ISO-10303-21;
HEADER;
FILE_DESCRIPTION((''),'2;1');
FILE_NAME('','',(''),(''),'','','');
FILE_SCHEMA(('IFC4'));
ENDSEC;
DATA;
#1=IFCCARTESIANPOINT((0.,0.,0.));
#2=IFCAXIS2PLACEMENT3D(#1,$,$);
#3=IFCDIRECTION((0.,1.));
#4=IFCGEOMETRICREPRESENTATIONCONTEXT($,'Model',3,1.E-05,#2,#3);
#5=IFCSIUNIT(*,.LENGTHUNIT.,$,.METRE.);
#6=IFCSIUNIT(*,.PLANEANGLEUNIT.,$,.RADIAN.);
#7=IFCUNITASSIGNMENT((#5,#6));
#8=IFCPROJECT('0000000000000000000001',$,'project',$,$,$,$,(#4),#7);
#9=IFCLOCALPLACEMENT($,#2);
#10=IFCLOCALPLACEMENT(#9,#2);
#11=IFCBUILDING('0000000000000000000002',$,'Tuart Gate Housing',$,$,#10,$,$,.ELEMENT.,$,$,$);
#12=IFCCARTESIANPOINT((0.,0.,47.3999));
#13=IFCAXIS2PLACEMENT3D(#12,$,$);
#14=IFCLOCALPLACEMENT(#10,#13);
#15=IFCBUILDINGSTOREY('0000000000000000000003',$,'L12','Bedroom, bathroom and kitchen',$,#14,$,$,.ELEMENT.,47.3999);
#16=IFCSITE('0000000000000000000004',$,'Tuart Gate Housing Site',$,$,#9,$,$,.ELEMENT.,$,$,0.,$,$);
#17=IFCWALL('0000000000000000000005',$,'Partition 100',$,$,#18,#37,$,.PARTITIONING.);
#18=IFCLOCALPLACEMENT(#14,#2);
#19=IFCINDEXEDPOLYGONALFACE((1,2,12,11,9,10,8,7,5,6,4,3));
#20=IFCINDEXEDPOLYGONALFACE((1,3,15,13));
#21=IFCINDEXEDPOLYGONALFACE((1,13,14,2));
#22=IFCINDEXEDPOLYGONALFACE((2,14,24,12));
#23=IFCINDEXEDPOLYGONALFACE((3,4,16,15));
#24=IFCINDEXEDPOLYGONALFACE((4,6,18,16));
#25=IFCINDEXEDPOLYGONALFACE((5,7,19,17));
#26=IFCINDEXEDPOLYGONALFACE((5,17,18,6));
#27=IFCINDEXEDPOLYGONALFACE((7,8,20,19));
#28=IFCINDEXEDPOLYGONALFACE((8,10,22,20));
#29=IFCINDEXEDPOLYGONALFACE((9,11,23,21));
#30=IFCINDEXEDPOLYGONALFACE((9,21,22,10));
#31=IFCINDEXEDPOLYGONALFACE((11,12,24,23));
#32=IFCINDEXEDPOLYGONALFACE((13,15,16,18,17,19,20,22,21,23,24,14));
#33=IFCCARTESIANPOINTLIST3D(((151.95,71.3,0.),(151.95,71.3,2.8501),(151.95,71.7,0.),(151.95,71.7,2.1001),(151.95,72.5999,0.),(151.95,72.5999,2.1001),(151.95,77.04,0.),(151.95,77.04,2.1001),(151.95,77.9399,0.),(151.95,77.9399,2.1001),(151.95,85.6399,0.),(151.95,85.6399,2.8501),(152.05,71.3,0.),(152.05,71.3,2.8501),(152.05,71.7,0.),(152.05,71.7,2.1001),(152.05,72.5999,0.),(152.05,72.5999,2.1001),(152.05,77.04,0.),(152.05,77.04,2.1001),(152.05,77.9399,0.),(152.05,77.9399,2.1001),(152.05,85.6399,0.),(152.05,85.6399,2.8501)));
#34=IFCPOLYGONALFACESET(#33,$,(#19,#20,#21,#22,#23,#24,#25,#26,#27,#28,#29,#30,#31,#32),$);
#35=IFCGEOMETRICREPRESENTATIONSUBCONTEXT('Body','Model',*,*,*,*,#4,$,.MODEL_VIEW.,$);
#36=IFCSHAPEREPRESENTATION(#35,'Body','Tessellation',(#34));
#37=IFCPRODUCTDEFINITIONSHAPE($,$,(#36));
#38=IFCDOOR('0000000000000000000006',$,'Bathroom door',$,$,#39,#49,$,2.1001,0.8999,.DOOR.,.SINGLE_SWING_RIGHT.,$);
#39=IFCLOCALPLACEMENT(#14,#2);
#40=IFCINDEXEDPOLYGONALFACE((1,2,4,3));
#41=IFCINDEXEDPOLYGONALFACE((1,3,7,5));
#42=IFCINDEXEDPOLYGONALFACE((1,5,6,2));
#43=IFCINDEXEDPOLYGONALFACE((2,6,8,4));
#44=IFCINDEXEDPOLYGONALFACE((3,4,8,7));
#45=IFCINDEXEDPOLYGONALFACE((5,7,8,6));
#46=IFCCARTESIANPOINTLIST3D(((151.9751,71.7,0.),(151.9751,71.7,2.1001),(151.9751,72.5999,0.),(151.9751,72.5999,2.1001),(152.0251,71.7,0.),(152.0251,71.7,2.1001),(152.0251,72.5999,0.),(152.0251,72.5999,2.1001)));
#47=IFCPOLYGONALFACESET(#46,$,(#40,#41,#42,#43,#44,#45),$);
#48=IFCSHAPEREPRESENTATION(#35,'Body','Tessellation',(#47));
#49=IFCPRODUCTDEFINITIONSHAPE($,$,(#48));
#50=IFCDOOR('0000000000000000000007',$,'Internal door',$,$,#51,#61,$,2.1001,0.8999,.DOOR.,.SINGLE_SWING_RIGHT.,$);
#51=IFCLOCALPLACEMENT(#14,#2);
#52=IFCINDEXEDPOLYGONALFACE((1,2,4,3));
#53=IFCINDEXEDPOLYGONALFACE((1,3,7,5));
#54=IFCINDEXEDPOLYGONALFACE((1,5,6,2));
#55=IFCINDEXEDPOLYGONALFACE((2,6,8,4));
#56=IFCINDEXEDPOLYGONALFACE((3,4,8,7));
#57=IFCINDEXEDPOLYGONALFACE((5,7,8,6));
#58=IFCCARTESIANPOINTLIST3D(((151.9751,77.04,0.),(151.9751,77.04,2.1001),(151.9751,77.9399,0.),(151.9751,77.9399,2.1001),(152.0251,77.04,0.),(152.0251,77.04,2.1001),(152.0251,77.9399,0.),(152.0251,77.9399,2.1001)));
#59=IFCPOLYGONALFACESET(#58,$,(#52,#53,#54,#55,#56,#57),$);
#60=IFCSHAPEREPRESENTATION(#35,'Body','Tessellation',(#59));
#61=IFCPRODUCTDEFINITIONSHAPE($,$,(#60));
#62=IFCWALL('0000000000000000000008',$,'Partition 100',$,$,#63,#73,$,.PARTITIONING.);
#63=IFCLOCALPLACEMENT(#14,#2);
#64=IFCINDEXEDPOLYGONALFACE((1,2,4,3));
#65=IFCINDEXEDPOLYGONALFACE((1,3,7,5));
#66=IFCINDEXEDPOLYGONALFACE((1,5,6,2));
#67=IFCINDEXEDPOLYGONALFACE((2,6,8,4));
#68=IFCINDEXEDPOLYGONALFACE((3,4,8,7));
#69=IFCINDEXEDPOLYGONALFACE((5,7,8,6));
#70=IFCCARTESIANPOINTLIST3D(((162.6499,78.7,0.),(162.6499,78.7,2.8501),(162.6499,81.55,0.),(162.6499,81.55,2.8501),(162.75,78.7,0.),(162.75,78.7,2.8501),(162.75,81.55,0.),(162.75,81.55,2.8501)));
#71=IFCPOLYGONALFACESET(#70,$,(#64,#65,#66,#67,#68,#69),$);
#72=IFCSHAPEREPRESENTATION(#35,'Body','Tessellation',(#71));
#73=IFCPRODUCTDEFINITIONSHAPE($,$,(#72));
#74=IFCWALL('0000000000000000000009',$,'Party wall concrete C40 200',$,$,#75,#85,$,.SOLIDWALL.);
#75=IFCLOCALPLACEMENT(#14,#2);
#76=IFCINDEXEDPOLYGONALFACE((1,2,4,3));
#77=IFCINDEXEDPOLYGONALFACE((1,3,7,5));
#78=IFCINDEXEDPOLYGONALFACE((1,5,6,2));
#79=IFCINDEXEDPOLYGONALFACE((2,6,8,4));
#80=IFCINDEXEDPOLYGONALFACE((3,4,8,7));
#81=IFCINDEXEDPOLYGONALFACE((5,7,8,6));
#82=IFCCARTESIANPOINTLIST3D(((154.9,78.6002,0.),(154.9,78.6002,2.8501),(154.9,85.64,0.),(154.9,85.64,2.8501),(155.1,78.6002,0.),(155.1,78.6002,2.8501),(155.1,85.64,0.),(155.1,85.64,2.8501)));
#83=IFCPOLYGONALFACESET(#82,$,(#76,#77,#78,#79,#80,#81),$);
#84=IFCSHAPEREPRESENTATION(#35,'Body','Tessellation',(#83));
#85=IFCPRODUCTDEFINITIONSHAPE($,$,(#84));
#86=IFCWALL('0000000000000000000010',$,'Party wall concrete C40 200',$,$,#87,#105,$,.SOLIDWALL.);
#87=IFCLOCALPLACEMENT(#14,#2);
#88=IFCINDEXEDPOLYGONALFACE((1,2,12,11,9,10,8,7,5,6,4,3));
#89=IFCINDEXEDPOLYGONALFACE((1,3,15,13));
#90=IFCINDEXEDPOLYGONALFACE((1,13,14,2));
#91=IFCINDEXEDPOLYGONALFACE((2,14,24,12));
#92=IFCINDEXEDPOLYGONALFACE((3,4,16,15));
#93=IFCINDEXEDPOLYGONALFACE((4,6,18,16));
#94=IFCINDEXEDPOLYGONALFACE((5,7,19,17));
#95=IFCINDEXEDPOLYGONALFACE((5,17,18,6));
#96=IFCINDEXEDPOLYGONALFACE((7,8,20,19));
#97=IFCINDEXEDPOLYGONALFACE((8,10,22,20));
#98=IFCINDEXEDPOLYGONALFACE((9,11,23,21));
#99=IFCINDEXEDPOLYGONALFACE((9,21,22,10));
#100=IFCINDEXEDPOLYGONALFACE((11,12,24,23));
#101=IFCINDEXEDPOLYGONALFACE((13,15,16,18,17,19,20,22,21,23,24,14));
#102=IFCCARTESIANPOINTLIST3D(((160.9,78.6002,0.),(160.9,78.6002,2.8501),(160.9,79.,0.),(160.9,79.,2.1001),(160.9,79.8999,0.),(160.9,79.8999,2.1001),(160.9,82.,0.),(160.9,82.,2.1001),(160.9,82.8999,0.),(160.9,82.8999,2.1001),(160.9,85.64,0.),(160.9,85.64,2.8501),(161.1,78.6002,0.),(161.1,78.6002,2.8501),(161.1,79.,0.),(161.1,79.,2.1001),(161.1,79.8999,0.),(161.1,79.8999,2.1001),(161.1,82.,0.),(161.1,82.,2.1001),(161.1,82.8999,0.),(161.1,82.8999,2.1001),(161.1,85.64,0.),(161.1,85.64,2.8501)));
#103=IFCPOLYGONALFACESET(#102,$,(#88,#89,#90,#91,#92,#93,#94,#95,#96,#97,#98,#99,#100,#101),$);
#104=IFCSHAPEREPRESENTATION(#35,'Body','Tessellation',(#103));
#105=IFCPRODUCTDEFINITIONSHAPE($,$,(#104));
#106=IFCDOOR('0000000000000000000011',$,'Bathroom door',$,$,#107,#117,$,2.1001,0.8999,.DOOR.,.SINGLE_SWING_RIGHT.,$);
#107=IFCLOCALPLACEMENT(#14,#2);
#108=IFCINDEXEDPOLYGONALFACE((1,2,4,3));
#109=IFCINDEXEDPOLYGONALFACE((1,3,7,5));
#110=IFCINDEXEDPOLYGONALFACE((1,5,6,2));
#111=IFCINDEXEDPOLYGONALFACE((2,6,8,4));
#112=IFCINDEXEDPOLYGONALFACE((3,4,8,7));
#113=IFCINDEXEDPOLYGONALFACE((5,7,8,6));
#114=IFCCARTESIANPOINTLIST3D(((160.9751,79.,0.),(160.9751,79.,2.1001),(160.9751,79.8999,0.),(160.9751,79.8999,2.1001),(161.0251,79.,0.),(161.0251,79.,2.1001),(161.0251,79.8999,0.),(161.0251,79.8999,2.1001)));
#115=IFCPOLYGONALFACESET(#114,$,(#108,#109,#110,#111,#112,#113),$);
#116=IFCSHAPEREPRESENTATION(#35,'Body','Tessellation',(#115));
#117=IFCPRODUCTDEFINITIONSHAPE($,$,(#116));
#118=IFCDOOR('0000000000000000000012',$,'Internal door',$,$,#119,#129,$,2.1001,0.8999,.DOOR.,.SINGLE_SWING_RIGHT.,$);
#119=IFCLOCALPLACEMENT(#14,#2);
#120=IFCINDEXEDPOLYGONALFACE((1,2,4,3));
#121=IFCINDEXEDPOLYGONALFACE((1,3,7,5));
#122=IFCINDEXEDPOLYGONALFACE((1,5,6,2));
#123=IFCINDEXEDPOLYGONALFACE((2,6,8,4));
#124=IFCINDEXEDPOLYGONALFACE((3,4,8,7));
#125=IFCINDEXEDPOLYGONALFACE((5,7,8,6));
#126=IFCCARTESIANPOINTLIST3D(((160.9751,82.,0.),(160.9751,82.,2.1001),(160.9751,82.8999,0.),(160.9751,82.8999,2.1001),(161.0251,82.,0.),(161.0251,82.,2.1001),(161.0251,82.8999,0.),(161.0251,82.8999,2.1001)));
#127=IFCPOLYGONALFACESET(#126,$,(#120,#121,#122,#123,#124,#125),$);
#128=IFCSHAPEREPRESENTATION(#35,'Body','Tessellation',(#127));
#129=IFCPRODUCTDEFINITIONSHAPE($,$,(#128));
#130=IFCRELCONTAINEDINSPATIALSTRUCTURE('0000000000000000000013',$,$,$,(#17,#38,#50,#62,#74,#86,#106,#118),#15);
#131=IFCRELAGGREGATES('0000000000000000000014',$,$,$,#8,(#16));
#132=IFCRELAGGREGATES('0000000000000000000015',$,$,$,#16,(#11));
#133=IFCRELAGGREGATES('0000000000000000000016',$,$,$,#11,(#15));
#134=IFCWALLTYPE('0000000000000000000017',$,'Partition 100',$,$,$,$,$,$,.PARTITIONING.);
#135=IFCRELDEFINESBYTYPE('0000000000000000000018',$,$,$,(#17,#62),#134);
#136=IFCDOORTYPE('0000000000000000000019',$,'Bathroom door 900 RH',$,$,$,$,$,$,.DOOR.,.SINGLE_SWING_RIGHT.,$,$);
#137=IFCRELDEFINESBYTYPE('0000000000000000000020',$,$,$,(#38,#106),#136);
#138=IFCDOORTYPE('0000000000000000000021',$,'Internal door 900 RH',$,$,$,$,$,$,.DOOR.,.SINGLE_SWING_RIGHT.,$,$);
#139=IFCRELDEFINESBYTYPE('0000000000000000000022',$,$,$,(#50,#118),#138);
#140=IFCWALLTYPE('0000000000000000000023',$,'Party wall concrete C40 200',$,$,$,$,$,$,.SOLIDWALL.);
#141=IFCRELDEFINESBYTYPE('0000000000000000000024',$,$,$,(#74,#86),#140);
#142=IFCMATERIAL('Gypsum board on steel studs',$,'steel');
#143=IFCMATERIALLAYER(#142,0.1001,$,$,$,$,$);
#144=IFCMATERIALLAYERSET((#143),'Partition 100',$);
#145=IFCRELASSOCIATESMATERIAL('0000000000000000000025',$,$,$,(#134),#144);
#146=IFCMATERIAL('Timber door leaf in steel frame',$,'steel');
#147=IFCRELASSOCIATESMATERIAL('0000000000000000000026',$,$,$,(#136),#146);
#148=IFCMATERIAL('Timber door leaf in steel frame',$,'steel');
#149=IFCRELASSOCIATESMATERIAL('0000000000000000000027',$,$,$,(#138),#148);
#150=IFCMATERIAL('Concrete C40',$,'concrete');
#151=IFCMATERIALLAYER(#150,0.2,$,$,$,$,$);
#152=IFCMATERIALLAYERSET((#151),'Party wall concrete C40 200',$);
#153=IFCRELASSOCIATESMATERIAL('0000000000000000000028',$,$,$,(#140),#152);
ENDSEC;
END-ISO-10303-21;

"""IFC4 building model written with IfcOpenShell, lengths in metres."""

from ifc_helpers import new_model, si_unit, direction, frame, frame_2d, origin, place, context, subcontext, project, spatial, rectangle, extrude, material, layer, layer_set, type_object, element, fill, save


model = new_model("IFC4")

# Units and contexts
model_context = context("Model", 3, precision=1e-05, world=origin(), true_north=direction((0.0, 1.0)))
body_context = subcontext(model_context, "Body", "Model", "MODEL_VIEW")
ifc_project = project(units=[si_unit("LENGTHUNIT", "METRE"), si_unit("PLANEANGLEUNIT", "RADIAN")], contexts=[model_context])

# Site, building, storey
site_placement = place(None, origin())
site = spatial("IfcSite", under=ifc_project, at=site_placement, Name="Tuart Gate Housing Site", CompositionType="ELEMENT", RefElevation=0.0)
building_placement = place(site_placement, origin())
building = spatial("IfcBuilding", under=site, at=building_placement, Name="Tuart Gate Housing", CompositionType="ELEMENT")
storey_placement = place(building_placement, frame((0.0, 0.0, 47.3999)))
storey = spatial("IfcBuildingStorey", under=building, at=storey_placement, Name="L12", Description="Bedroom, bathroom and kitchen", CompositionType="ELEMENT", Elevation=47.3999)

# Shared definitions
ifc_material_1 = material(Name="Gypsum board on steel studs", Category="steel")
ifc_layer_1 = layer(ifc_material_1, 0.1001)
ifc_layer_set_1 = layer_set([ifc_layer_1], Name="Partition 100")
wall_type_1 = type_object("IfcWallType", Name="Partition 100", PredefinedType="PARTITIONING", material=ifc_layer_set_1)

# Wall, openings, doors
wall_1_placement = place(storey_placement, frame((152.0, 71.3, 0.0), z_axis=(0.0, 0.0, 1.0), x_axis=(0.0, 1.0, 0.0)))
wall_1 = element("IfcWall", 1, at=wall_1_placement, inside=storey, type_object=wall_type_1, Name="Partition 100", PredefinedType="PARTITIONING", context=body_context, shape_type="SweptSolid", body=[
    extrude(rectangle(XDim=14.3398, YDim=0.1001, at=frame_2d((7.1699, 0.0))), origin(), (0.0, 0.0, 1.0), 2.8501),
])
opening_1_placement = place(wall_1_placement, frame((5.74, 0.0, 0.0)))
opening_1 = element("IfcOpeningElement", 2, at=opening_1_placement, cuts=wall_1, PredefinedType="OPENING", context=body_context, shape_type="SweptSolid", body=[
    extrude(rectangle(XDim=0.8999, YDim=2.1001, at=frame_2d((0.45, 1.05))), frame((0.0, 0.0601, 0.0), z_axis=(0.0, -1.0, 0.0), x_axis=(1.0, 0.0, 0.0)), (0.0, 0.0, 1.0), 0.1201),
])
opening_2_placement = place(wall_1_placement, frame((0.3999, 0.0, 0.0)))
opening_2 = element("IfcOpeningElement", 3, at=opening_2_placement, cuts=wall_1, PredefinedType="OPENING", context=body_context, shape_type="SweptSolid", body=[
    extrude(rectangle(XDim=0.8999, YDim=2.1001, at=frame_2d((0.45, 1.05))), frame((0.0, 0.0601, 0.0), z_axis=(0.0, -1.0, 0.0), x_axis=(1.0, 0.0, 0.0)), (0.0, 0.0, 1.0), 0.1201),
])
ifc_material_2 = material(Name="Timber door leaf in steel frame", Category="steel")
door_type_1 = type_object("IfcDoorType", Name="Bathroom door 900 RH", OperationType="SINGLE_SWING_RIGHT", PredefinedType="DOOR", material=ifc_material_2)
door_1_placement = place(opening_2_placement, frame((0.8999, 0.0, 0.0), z_axis=(0.0, 0.0, 1.0), x_axis=(-1.0, 0.0, 0.0)))
door_1 = element("IfcDoor", 4, at=door_1_placement, inside=storey, type_object=door_type_1, Name="Bathroom door", OperationType="SINGLE_SWING_RIGHT", OverallHeight=2.1001, OverallWidth=0.8999, PredefinedType="DOOR", context=body_context, shape_type="SweptSolid", body=[
    extrude(rectangle(XDim=0.8999, YDim=2.1001, at=frame_2d((0.45, 1.05))), frame((0.0, 0.0251, 0.0), z_axis=(0.0, -1.0, 0.0), x_axis=(1.0, 0.0, 0.0)), (0.0, 0.0, 1.0), 0.05),
])
fill(opening_2, door_1)
ifc_material_3 = material(Name="Timber door leaf in steel frame", Category="steel")
door_type_2 = type_object("IfcDoorType", Name="Internal door 900 RH", OperationType="SINGLE_SWING_RIGHT", PredefinedType="DOOR", material=ifc_material_3)
door_2_placement = place(opening_1_placement, frame((0.8999, 0.0, 0.0), z_axis=(0.0, 0.0, 1.0), x_axis=(-1.0, 0.0, 0.0)))
door_2 = element("IfcDoor", 5, at=door_2_placement, inside=storey, type_object=door_type_2, Name="Internal door", OperationType="SINGLE_SWING_RIGHT", OverallHeight=2.1001, OverallWidth=0.8999, PredefinedType="DOOR", context=body_context, shape_type="SweptSolid", body=[
    extrude(rectangle(XDim=0.8999, YDim=2.1001, at=frame_2d((0.45, 1.05))), frame((0.0, 0.0251, 0.0), z_axis=(0.0, -1.0, 0.0), x_axis=(1.0, 0.0, 0.0)), (0.0, 0.0, 1.0), 0.05),
])
fill(opening_1, door_2)

# Walls
wall_2_placement = place(storey_placement, frame((162.7, 78.7, 0.0), z_axis=(0.0, 0.0, 1.0), x_axis=(0.0, 1.0, 0.0)))
element("IfcWall", 6, at=wall_2_placement, inside=storey, type_object=wall_type_1, Name="Partition 100", PredefinedType="PARTITIONING", context=body_context, shape_type="SweptSolid", body=[
    extrude(rectangle(XDim=2.8501, YDim=0.1001, at=frame_2d((1.425, 0.0))), origin(), (0.0, 0.0, 1.0), 2.8501),
])
ifc_material_4 = material(Name="Concrete C40", Category="concrete")
ifc_layer_2 = layer(ifc_material_4, 0.2)
ifc_layer_set_2 = layer_set([ifc_layer_2], Name="Party wall concrete C40 200")
wall_type_2 = type_object("IfcWallType", Name="Party wall concrete C40 200", PredefinedType="SOLIDWALL", material=ifc_layer_set_2)
wall_3_placement = place(storey_placement, frame((155.0, 78.6001, 0.0), z_axis=(0.0, 0.0, 1.0), x_axis=(0.0, 1.0, 0.0)))
element("IfcWall", 7, at=wall_3_placement, inside=storey, type_object=wall_type_2, Name="Party wall concrete C40 200", PredefinedType="SOLIDWALL", context=body_context, shape_type="SweptSolid", body=[
    extrude(rectangle(XDim=7.0398, YDim=0.2, at=frame_2d((3.52, 0.0))), origin(), (0.0, 0.0, 1.0), 2.8501),
])

# Wall, openings, doors
wall_4_placement = place(storey_placement, frame((161.0, 78.6001, 0.0), z_axis=(0.0, 0.0, 1.0), x_axis=(0.0, 1.0, 0.0)))
wall_4 = element("IfcWall", 8, at=wall_4_placement, inside=storey, type_object=wall_type_2, Name="Party wall concrete C40 200", PredefinedType="SOLIDWALL", context=body_context, shape_type="SweptSolid", body=[
    extrude(rectangle(XDim=7.0398, YDim=0.2, at=frame_2d((3.52, 0.0))), origin(), (0.0, 0.0, 1.0), 2.8501),
])
opening_3_placement = place(wall_4_placement, frame((3.3999, 0.0, 0.0)))
opening_3 = element("IfcOpeningElement", 9, at=opening_3_placement, cuts=wall_4, PredefinedType="OPENING", context=body_context, shape_type="SweptSolid", body=[
    extrude(rectangle(XDim=0.8999, YDim=2.1001, at=frame_2d((0.45, 1.05))), frame((0.0, 0.1099, 0.0), z_axis=(0.0, -1.0, 0.0), x_axis=(1.0, 0.0, 0.0)), (0.0, 0.0, 1.0), 0.22),
])
opening_4_placement = place(wall_4_placement, frame((0.3999, 0.0, 0.0)))
opening_4 = element("IfcOpeningElement", 10, at=opening_4_placement, cuts=wall_4, PredefinedType="OPENING", context=body_context, shape_type="SweptSolid", body=[
    extrude(rectangle(XDim=0.8999, YDim=2.1001, at=frame_2d((0.45, 1.05))), frame((0.0, 0.1099, 0.0), z_axis=(0.0, -1.0, 0.0), x_axis=(1.0, 0.0, 0.0)), (0.0, 0.0, 1.0), 0.22),
])
door_3_placement = place(opening_4_placement, frame((0.8999, 0.0, 0.0), z_axis=(0.0, 0.0, 1.0), x_axis=(-1.0, 0.0, 0.0)))
door_3 = element("IfcDoor", 11, at=door_3_placement, inside=storey, type_object=door_type_1, Name="Bathroom door", OperationType="SINGLE_SWING_RIGHT", OverallHeight=2.1001, OverallWidth=0.8999, PredefinedType="DOOR", context=body_context, shape_type="SweptSolid", body=[
    extrude(rectangle(XDim=0.8999, YDim=2.1001, at=frame_2d((0.45, 1.05))), frame((0.0, 0.0251, 0.0), z_axis=(0.0, -1.0, 0.0), x_axis=(1.0, 0.0, 0.0)), (0.0, 0.0, 1.0), 0.05),
])
fill(opening_4, door_3)
door_4_placement = place(opening_3_placement, frame((0.8999, 0.0, 0.0), z_axis=(0.0, 0.0, 1.0), x_axis=(-1.0, 0.0, 0.0)))
door_4 = element("IfcDoor", 12, at=door_4_placement, inside=storey, type_object=door_type_2, Name="Internal door", OperationType="SINGLE_SWING_RIGHT", OverallHeight=2.1001, OverallWidth=0.8999, PredefinedType="DOOR", context=body_context, shape_type="SweptSolid", body=[
    extrude(rectangle(XDim=0.8999, YDim=2.1001, at=frame_2d((0.45, 1.05))), frame((0.0, 0.0251, 0.0), z_axis=(0.0, -1.0, 0.0), x_axis=(1.0, 0.0, 0.0)), (0.0, 0.0, 1.0), 0.05),
])
fill(opening_3, door_4)

save(model, "model.ifc")
